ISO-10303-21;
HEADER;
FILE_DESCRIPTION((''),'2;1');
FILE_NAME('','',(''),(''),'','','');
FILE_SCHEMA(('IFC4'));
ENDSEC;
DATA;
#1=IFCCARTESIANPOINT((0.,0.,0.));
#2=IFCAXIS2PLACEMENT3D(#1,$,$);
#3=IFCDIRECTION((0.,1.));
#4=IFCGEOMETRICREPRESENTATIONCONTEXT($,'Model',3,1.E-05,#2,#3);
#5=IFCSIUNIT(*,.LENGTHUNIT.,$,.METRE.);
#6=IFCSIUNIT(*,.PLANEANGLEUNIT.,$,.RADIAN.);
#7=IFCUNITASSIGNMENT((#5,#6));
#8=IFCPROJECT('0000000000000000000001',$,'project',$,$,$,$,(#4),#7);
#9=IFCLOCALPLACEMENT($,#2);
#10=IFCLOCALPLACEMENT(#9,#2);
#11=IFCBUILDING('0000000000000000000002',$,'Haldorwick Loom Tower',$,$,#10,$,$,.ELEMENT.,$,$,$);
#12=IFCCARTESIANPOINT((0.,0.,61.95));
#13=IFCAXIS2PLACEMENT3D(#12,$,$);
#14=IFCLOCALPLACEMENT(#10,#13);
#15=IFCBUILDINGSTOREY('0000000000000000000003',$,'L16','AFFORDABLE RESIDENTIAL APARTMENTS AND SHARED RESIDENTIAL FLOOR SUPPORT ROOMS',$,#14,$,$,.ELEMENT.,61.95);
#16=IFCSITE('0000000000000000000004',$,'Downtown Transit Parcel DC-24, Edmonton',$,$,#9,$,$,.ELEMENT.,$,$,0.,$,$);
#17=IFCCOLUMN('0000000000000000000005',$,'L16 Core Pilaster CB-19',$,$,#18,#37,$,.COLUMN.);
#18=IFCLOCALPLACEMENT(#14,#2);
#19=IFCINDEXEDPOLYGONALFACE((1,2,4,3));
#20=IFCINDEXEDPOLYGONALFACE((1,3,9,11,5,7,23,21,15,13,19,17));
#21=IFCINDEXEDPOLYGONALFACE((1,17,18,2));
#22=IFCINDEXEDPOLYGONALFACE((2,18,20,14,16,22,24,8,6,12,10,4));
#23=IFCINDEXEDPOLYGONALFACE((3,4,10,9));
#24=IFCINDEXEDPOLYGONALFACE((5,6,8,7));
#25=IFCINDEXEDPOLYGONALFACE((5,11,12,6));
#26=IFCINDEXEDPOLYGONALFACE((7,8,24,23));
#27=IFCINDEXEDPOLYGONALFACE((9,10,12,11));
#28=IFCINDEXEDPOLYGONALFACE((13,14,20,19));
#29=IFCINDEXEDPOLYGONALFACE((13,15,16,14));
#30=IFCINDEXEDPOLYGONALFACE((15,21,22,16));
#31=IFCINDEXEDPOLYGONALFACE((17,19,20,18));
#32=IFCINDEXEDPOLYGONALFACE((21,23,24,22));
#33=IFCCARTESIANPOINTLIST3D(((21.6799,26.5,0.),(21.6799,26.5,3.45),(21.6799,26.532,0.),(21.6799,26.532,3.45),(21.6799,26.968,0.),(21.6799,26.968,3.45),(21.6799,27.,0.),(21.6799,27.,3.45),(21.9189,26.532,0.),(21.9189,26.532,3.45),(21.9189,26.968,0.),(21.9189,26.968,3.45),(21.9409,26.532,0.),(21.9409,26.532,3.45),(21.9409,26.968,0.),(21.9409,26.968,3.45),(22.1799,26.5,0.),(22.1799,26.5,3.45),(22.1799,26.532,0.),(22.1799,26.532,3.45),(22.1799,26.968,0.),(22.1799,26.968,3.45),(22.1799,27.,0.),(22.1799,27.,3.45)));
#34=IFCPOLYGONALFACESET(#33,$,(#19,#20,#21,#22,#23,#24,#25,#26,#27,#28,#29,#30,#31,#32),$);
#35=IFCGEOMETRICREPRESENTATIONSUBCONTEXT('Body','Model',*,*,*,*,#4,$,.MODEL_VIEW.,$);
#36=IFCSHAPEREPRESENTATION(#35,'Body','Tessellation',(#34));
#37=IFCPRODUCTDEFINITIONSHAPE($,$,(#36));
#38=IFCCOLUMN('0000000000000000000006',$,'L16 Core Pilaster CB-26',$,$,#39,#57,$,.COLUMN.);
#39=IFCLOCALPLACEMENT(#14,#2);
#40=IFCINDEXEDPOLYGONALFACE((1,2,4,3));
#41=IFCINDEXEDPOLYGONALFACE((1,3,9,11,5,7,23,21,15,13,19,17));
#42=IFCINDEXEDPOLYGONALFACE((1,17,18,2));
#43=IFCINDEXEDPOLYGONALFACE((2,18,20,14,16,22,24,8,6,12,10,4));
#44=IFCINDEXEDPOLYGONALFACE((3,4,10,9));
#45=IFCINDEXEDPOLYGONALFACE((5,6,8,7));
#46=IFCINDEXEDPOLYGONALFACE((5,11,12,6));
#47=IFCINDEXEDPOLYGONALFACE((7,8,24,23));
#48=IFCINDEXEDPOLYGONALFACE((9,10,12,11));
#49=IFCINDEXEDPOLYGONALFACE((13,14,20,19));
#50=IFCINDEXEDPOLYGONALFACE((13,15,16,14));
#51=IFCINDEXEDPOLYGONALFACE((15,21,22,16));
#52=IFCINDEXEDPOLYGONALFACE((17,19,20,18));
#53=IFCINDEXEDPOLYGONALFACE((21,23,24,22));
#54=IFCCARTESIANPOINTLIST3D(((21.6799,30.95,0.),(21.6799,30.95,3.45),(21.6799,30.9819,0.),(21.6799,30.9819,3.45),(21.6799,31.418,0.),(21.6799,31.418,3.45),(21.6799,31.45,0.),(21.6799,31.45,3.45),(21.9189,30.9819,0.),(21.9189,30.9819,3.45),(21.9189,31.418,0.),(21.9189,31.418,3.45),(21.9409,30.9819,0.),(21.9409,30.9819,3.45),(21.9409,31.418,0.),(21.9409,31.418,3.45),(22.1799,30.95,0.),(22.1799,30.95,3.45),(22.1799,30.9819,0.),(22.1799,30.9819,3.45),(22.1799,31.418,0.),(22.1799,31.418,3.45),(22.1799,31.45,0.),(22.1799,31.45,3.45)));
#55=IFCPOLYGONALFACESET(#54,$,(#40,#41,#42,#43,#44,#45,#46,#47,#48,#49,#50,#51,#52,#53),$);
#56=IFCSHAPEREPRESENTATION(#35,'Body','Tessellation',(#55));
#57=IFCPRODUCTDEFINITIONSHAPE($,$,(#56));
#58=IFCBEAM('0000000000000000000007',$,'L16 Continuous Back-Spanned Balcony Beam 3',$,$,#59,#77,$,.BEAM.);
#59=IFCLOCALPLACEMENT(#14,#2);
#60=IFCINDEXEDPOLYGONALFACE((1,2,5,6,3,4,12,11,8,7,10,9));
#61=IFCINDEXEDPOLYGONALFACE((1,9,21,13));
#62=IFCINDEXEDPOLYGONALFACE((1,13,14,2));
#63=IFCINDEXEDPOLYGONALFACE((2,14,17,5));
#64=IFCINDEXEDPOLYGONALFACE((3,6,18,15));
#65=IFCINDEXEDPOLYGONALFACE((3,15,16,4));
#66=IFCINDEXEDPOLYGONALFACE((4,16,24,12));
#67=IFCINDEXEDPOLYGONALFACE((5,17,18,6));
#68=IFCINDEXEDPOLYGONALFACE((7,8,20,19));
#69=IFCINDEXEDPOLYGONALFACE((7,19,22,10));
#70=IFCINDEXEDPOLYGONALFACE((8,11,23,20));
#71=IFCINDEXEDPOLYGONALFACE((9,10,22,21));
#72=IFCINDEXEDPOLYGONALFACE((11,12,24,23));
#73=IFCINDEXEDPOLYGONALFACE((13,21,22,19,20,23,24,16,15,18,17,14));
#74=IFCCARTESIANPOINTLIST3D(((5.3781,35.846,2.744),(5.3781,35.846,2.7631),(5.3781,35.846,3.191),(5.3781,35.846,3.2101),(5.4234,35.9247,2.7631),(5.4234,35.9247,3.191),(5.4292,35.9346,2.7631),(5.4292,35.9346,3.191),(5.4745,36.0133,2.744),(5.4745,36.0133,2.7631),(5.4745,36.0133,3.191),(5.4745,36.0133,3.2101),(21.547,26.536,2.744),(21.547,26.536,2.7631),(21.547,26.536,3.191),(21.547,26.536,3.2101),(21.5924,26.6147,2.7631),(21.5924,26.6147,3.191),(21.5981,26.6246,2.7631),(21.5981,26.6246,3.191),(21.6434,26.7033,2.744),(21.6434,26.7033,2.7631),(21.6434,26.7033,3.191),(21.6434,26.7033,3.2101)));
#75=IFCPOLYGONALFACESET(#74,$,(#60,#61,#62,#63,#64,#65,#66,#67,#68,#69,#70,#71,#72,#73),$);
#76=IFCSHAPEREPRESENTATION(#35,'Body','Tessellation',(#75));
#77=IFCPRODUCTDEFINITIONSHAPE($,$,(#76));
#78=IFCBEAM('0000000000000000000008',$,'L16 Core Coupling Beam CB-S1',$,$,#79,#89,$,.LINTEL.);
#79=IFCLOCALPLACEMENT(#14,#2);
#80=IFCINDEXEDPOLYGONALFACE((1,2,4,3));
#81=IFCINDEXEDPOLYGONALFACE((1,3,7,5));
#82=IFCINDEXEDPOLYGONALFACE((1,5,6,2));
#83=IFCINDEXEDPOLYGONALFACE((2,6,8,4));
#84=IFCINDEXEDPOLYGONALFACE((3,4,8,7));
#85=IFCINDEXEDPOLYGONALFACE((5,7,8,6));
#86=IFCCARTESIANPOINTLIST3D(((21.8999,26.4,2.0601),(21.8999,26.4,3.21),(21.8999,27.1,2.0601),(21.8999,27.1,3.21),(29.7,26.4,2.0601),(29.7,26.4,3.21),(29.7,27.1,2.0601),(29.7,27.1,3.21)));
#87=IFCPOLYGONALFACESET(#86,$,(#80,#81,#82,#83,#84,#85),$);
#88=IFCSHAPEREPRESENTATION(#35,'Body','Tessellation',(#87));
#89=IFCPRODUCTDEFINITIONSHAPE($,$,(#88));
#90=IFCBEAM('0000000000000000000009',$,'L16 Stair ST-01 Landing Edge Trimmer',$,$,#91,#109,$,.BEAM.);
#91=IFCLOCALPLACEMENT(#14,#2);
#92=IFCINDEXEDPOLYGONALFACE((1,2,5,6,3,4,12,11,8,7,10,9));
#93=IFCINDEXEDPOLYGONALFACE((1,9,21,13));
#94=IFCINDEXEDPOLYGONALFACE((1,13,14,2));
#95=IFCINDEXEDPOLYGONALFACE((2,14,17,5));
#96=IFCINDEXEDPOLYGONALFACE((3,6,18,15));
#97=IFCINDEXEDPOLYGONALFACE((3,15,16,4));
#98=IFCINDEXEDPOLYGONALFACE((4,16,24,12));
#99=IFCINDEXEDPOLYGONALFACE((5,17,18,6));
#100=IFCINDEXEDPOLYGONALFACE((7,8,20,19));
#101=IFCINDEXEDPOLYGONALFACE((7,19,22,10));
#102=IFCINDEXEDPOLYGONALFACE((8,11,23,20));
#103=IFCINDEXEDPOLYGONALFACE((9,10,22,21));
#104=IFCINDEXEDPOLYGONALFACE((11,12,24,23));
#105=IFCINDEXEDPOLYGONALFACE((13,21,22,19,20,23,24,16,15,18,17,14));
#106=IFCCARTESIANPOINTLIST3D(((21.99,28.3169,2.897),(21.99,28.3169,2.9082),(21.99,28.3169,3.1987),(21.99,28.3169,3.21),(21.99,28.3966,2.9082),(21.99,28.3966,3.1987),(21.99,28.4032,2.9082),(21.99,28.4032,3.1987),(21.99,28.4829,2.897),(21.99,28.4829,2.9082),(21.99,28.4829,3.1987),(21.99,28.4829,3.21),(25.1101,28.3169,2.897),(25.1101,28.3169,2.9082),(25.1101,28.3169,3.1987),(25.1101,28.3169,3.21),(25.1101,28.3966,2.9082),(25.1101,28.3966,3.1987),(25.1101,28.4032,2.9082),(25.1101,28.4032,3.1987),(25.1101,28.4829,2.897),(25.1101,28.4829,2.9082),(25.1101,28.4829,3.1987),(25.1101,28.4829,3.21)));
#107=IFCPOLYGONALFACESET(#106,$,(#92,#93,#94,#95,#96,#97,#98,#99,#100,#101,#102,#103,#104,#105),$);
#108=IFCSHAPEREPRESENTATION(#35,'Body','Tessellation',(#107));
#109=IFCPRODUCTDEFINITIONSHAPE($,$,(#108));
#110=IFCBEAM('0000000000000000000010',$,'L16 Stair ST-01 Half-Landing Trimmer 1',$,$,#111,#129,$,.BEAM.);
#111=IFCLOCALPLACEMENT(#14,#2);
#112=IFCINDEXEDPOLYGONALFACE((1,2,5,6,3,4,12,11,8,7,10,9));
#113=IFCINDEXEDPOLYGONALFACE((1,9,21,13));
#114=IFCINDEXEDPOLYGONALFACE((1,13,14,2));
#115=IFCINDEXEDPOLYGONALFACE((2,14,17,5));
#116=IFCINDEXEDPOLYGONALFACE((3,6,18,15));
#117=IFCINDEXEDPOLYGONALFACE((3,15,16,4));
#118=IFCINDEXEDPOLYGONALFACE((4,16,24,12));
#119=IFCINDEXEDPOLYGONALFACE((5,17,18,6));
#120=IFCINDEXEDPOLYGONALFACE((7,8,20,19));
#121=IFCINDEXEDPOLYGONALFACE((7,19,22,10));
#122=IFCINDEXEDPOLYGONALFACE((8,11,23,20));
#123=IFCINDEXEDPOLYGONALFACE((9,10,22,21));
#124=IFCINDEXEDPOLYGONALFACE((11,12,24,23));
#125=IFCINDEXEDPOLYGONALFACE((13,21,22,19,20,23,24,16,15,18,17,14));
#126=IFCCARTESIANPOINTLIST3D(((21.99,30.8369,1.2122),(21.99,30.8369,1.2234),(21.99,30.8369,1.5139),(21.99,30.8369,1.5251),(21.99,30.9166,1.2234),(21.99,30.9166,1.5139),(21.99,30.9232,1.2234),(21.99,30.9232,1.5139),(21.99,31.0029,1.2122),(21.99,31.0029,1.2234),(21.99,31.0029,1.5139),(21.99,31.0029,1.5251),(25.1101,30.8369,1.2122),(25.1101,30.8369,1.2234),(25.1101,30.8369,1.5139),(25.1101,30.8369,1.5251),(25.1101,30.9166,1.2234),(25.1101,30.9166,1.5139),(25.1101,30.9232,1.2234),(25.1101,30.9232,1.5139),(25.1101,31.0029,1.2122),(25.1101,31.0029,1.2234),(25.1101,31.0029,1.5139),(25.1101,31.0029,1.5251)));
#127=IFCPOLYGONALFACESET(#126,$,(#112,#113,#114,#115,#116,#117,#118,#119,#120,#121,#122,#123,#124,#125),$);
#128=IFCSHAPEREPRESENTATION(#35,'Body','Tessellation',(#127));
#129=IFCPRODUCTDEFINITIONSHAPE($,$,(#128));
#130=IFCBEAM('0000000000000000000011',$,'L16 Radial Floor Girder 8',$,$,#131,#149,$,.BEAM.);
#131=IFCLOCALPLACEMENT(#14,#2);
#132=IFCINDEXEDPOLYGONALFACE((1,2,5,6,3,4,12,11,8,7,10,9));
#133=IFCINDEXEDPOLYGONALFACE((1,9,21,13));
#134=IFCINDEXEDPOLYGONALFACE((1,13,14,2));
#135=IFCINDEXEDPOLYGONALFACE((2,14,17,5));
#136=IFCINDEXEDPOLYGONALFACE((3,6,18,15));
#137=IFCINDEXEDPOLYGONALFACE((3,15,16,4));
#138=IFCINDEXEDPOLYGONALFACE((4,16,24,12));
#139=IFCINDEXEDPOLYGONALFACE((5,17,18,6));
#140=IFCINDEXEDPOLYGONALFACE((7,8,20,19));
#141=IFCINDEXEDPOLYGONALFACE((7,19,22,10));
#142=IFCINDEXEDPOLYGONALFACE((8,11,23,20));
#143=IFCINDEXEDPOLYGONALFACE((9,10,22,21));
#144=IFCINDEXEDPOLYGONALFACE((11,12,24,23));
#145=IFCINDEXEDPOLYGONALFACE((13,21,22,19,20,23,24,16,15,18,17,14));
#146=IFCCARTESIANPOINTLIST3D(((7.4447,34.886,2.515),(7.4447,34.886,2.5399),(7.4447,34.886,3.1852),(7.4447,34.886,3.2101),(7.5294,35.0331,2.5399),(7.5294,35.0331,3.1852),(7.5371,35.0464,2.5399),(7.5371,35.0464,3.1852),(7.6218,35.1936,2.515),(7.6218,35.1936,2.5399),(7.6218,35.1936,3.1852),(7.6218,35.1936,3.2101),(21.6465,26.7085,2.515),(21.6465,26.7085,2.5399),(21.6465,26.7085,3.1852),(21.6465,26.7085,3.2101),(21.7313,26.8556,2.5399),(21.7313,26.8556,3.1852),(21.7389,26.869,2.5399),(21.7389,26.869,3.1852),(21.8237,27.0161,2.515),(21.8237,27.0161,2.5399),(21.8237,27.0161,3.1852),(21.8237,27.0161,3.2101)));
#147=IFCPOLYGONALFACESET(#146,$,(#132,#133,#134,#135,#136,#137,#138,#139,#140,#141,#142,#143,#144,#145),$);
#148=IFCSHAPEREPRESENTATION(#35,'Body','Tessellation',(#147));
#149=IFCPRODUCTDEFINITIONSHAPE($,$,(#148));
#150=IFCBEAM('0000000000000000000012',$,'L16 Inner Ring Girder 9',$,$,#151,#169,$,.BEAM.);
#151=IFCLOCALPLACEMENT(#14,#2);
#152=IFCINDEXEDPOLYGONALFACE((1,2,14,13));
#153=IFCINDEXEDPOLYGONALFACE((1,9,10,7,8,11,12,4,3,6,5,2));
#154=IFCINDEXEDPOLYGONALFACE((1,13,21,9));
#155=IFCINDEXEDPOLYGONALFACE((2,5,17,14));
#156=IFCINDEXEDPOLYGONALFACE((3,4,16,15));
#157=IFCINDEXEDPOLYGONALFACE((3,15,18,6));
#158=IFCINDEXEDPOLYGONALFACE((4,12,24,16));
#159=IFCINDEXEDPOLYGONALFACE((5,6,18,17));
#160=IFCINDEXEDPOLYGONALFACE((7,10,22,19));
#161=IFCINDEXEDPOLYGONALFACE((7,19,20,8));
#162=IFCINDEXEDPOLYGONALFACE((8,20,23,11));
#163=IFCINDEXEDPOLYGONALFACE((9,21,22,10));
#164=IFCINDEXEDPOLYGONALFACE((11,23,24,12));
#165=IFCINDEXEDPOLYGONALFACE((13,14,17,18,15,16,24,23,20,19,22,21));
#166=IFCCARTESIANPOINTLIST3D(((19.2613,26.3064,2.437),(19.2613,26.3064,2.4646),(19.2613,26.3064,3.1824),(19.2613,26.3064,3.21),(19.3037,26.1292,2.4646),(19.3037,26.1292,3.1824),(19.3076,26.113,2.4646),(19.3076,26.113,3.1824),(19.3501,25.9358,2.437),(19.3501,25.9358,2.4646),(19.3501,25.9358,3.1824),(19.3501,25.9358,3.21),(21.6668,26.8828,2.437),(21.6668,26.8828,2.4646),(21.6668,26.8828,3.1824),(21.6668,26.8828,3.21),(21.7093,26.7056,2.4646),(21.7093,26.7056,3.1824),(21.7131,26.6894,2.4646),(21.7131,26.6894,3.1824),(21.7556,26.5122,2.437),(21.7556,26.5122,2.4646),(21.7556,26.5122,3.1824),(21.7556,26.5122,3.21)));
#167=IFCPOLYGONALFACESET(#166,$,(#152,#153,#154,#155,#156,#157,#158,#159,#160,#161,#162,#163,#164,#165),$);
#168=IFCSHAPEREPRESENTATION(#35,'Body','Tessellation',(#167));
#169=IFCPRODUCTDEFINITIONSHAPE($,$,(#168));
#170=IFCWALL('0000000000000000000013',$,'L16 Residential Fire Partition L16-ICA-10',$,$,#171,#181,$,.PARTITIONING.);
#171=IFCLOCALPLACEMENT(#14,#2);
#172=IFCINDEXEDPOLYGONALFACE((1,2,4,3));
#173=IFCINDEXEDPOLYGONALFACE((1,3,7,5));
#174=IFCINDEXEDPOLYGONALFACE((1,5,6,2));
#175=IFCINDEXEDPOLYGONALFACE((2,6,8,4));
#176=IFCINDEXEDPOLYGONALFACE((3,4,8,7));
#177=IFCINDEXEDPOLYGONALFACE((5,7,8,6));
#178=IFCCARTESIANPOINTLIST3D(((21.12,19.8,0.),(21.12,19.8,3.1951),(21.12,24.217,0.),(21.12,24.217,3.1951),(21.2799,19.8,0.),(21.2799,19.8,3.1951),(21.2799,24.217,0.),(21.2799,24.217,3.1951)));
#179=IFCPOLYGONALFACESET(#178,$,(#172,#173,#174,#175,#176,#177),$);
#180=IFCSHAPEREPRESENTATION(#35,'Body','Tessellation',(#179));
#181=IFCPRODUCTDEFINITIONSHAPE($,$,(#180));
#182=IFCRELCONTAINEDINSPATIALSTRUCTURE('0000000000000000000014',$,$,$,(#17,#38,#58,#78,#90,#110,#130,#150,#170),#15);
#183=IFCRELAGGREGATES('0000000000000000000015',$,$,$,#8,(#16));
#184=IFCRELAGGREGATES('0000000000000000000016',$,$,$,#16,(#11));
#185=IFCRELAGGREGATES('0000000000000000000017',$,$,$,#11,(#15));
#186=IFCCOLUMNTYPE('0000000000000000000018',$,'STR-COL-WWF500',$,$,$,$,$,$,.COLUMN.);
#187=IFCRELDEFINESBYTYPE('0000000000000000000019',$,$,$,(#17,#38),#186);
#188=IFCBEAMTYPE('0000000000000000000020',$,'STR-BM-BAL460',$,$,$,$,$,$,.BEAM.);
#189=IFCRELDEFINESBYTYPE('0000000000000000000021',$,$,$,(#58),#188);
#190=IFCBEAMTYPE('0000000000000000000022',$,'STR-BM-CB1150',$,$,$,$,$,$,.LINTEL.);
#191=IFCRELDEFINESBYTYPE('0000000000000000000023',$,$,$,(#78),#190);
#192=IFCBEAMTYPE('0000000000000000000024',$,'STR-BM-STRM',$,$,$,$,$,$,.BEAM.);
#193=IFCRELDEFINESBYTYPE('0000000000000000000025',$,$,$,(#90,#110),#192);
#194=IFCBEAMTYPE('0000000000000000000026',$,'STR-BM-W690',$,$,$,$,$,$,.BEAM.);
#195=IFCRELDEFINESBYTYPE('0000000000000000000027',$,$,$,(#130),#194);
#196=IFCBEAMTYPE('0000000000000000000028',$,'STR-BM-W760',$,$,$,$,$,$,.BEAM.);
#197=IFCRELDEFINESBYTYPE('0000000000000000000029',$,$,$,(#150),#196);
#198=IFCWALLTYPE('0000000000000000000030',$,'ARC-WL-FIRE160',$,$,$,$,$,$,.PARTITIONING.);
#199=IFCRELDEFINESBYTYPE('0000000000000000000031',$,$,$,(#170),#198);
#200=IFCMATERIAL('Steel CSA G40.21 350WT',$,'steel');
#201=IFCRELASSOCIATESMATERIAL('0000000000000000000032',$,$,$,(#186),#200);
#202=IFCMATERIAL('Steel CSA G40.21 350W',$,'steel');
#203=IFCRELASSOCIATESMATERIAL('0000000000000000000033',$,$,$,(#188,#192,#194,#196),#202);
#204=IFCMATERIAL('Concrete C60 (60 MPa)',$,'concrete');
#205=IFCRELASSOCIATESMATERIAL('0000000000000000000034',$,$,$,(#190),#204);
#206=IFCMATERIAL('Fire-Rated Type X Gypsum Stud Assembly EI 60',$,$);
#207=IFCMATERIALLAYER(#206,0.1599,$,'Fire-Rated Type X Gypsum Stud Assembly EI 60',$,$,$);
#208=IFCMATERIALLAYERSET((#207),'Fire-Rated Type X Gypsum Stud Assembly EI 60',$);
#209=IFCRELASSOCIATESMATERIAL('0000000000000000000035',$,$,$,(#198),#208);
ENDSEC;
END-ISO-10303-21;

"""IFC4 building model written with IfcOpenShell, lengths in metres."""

from ifc_helpers import new_model, si_unit, direction, frame, frame_2d, origin, origin_2d, place, context, subcontext, project, spatial, rectangle, i_section, extrude, material, layer, layer_set, material_profile, profile_set, type_object, element, save


model = new_model("IFC4")

# Units and contexts
model_context = context("Model", 3, precision=1e-05, world=origin(), true_north=direction((0.0, 1.0)))
body_context = subcontext(model_context, "Body", "Model", "MODEL_VIEW")
ifc_project = project(units=[si_unit("LENGTHUNIT", "METRE"), si_unit("PLANEANGLEUNIT", "RADIAN")], contexts=[model_context])

# Site, building, storey
site_placement = place(None, origin())
site = spatial("IfcSite", under=ifc_project, at=site_placement, Name="Downtown Transit Parcel DC-24, Edmonton", CompositionType="ELEMENT", RefElevation=0.0)
building_placement = place(site_placement, origin())
building = spatial("IfcBuilding", under=site, at=building_placement, Name="Haldorwick Loom Tower", CompositionType="ELEMENT")
storey_placement = place(building_placement, frame((0.0, 0.0, 61.95)))
storey = spatial("IfcBuildingStorey", under=building, at=storey_placement, Name="L16", Description="AFFORDABLE RESIDENTIAL APARTMENTS AND SHARED RESIDENTIAL FLOOR SUPPORT ROOMS", CompositionType="ELEMENT", Elevation=61.95)

# Columns
ifc_material_1 = material(Name="Steel CSA G40.21 350WT", Category="steel")
ifc_material_profile_1 = material_profile(ifc_material_1, i_section(OverallWidth=0.5, OverallDepth=0.5, WebThickness=0.022, FlangeThickness=0.032, at=origin_2d()), Name="WWF500X500", Category="steel")
ifc_profile_set_1 = profile_set([ifc_material_profile_1], Name="Steel CSA G40.21 350WT")
column_type = type_object("IfcColumnType", Name="STR-COL-WWF500", PredefinedType="COLUMN", material=ifc_profile_set_1)
for number, where, z_axis, x_axis, name in (
    (1, (21.9299, 26.75, 0.0), (0.0, 0.0, 1.0), (1.0, 0.0, 0.0), "L16 Core Pilaster CB-19"),
    (2, (21.9299, 31.2, 0.0), (0.0, 0.0, 1.0), (1.0, 0.0, 0.0), "L16 Core Pilaster CB-26"),
):
    element("IfcColumn", number, at=place(storey_placement, frame(where, z_axis=z_axis, x_axis=x_axis)), inside=storey, type_object=column_type, Name=name, PredefinedType="COLUMN", context=body_context, shape_type="SweptSolid", body=[
        extrude(i_section(OverallWidth=0.5, OverallDepth=0.5, WebThickness=0.022, FlangeThickness=0.032, at=origin_2d()), origin(), (0.0, 0.0, 1.0), 3.45),
    ])

# Beams
ifc_material_2 = material(Name="Steel CSA G40.21 350W", Category="steel")
ifc_material_profile_2 = material_profile(ifc_material_2, i_section(OverallWidth=0.1931, OverallDepth=0.4661, WebThickness=0.0115, FlangeThickness=0.019, at=origin_2d()), Name="W460X97", Category="steel")
ifc_profile_set_2 = profile_set([ifc_material_profile_2], Name="Steel CSA G40.21 350W")
beam_type_1 = type_object("IfcBeamType", Name="STR-BM-BAL460", PredefinedType="BEAM", material=ifc_profile_set_2)
beam_1_placement = place(storey_placement, frame((21.5952, 26.6196, 2.9771), z_axis=(-0.866607, 0.498991, 0.0), x_axis=(-0.498991, -0.866607, 0.0)))
element("IfcBeam", 3, at=beam_1_placement, inside=storey, type_object=beam_type_1, Name="L16 Continuous Back-Spanned Balcony Beam 3", PredefinedType="BEAM", context=body_context, shape_type="SweptSolid", body=[
    extrude(i_section(OverallWidth=0.1931, OverallDepth=0.4661, WebThickness=0.0115, FlangeThickness=0.019, at=origin_2d()), origin(), (0.0, 0.0, 1.0), 18.6577),
])
ifc_material_3 = material(Name="Concrete C60 (60 MPa)", Category="concrete")
ifc_material_profile_3 = material_profile(ifc_material_3, rectangle(XDim=0.7, YDim=1.1499, at=origin_2d()), Name="RC700X1150", Category="concrete")
ifc_profile_set_3 = profile_set([ifc_material_profile_3], Name="Concrete C60 (60 MPa)")
beam_type_2 = type_object("IfcBeamType", Name="STR-BM-CB1150", PredefinedType="LINTEL", material=ifc_profile_set_3)
beam_2_placement = place(storey_placement, frame((21.8999, 26.75, 2.635), z_axis=(1.0, 0.0, 0.0), x_axis=(0.0, 1.0, 0.0)))
element("IfcBeam", 4, at=beam_2_placement, inside=storey, type_object=beam_type_2, Name="L16 Core Coupling Beam CB-S1", PredefinedType="LINTEL", context=body_context, shape_type="SweptSolid", body=[
    extrude(rectangle(XDim=0.7, YDim=1.1499, at=origin_2d()), origin(), (0.0, 0.0, 1.0), 7.8),
])
ifc_material_profile_4 = material_profile(ifc_material_2, i_section(OverallWidth=0.166, OverallDepth=0.313, WebThickness=0.0066, FlangeThickness=0.0112, at=origin_2d()), Name="W310X45", Category="steel")
ifc_profile_set_4 = profile_set([ifc_material_profile_4], Name="Steel CSA G40.21 350W")
beam_type_3 = type_object("IfcBeamType", Name="STR-BM-STRM", PredefinedType="BEAM", material=ifc_profile_set_4)
for number, where, z_axis, x_axis, name in (
    (5, (21.99, 28.3999, 3.0535), (1.0, 0.0, 0.0), (0.0, 1.0, 0.0), "L16 Stair ST-01 Landing Edge Trimmer"),
    (6, (21.99, 30.9199, 1.3687), (1.0, 0.0, 0.0), (0.0, 1.0, 0.0), "L16 Stair ST-01 Half-Landing Trimmer 1"),
):
    element("IfcBeam", number, at=place(storey_placement, frame(where, z_axis=z_axis, x_axis=x_axis)), inside=storey, type_object=beam_type_3, Name=name, PredefinedType="BEAM", context=body_context, shape_type="SweptSolid", body=[
        extrude(i_section(OverallWidth=0.166, OverallDepth=0.313, WebThickness=0.0066, FlangeThickness=0.0112, at=origin_2d()), origin(), (0.0, 0.0, 1.0), 3.1201),
    ])
ifc_material_profile_5 = material_profile(ifc_material_2, i_section(OverallWidth=0.355, OverallDepth=0.6951, WebThickness=0.0154, FlangeThickness=0.0249, at=origin_2d()), Name="W690X217", Category="steel")
ifc_profile_set_5 = profile_set([ifc_material_profile_5], Name="Steel CSA G40.21 350W")
beam_type_4 = type_object("IfcBeamType", Name="STR-BM-W690", PredefinedType="BEAM", material=ifc_profile_set_5)
beam_3_placement = place(storey_placement, frame((21.7351, 26.8623, 2.8625), z_axis=(-0.866606, 0.498994, 0.0), x_axis=(-0.498994, -0.866606, 0.0)))
element("IfcBeam", 7, at=beam_3_placement, inside=storey, type_object=beam_type_4, Name="L16 Radial Floor Girder 8", PredefinedType="BEAM", context=body_context, shape_type="SweptSolid", body=[
    extrude(i_section(OverallWidth=0.355, OverallDepth=0.6951, WebThickness=0.0154, FlangeThickness=0.0249, at=origin_2d()), origin(), (0.0, 0.0, 1.0), 16.3879),
])
ifc_material_profile_6 = material_profile(ifc_material_2, i_section(OverallWidth=0.3811, OverallDepth=0.7729, WebThickness=0.0166, FlangeThickness=0.0276, at=origin_2d()), Name="W760X257", Category="steel")
ifc_profile_set_6 = profile_set([ifc_material_profile_6], Name="Steel CSA G40.21 350W")
beam_type_5 = type_object("IfcBeamType", Name="STR-BM-W760", PredefinedType="BEAM", material=ifc_profile_set_6)
beam_4_placement = place(storey_placement, frame((19.3057, 26.1211, 2.8235), z_axis=(0.972471, 0.233026, 0.0), x_axis=(-0.233026, 0.972471, 0.0)))
element("IfcBeam", 8, at=beam_4_placement, inside=storey, type_object=beam_type_5, Name="L16 Inner Ring Girder 9", PredefinedType="BEAM", context=body_context, shape_type="SweptSolid", body=[
    extrude(i_section(OverallWidth=0.3811, OverallDepth=0.7729, WebThickness=0.0166, FlangeThickness=0.0276, at=origin_2d()), origin(), (0.0, 0.0, 1.0), 2.4736),
])

# Wall
ifc_material_4 = material(Name="Fire-Rated Type X Gypsum Stud Assembly EI 60")
ifc_layer_1 = layer(ifc_material_4, 0.1599, Name="Fire-Rated Type X Gypsum Stud Assembly EI 60")
ifc_layer_set_1 = layer_set([ifc_layer_1], Name="Fire-Rated Type X Gypsum Stud Assembly EI 60")
wall_type_1 = type_object("IfcWallType", Name="ARC-WL-FIRE160", PredefinedType="PARTITIONING", material=ifc_layer_set_1)
wall_1_placement = place(storey_placement, frame((21.2, 24.217, 0.0), z_axis=(0.0, 0.0, 1.0), x_axis=(0.0, -1.0, 0.0)))
element("IfcWall", 9, at=wall_1_placement, inside=storey, type_object=wall_type_1, Name="L16 Residential Fire Partition L16-ICA-10", PredefinedType="PARTITIONING", context=body_context, shape_type="SweptSolid", body=[
    extrude(rectangle(XDim=4.417, YDim=0.1599, at=frame_2d((2.2085, 0.0))), origin(), (0.0, 0.0, 1.0), 3.1951),
])

save(model, "model.ifc")
